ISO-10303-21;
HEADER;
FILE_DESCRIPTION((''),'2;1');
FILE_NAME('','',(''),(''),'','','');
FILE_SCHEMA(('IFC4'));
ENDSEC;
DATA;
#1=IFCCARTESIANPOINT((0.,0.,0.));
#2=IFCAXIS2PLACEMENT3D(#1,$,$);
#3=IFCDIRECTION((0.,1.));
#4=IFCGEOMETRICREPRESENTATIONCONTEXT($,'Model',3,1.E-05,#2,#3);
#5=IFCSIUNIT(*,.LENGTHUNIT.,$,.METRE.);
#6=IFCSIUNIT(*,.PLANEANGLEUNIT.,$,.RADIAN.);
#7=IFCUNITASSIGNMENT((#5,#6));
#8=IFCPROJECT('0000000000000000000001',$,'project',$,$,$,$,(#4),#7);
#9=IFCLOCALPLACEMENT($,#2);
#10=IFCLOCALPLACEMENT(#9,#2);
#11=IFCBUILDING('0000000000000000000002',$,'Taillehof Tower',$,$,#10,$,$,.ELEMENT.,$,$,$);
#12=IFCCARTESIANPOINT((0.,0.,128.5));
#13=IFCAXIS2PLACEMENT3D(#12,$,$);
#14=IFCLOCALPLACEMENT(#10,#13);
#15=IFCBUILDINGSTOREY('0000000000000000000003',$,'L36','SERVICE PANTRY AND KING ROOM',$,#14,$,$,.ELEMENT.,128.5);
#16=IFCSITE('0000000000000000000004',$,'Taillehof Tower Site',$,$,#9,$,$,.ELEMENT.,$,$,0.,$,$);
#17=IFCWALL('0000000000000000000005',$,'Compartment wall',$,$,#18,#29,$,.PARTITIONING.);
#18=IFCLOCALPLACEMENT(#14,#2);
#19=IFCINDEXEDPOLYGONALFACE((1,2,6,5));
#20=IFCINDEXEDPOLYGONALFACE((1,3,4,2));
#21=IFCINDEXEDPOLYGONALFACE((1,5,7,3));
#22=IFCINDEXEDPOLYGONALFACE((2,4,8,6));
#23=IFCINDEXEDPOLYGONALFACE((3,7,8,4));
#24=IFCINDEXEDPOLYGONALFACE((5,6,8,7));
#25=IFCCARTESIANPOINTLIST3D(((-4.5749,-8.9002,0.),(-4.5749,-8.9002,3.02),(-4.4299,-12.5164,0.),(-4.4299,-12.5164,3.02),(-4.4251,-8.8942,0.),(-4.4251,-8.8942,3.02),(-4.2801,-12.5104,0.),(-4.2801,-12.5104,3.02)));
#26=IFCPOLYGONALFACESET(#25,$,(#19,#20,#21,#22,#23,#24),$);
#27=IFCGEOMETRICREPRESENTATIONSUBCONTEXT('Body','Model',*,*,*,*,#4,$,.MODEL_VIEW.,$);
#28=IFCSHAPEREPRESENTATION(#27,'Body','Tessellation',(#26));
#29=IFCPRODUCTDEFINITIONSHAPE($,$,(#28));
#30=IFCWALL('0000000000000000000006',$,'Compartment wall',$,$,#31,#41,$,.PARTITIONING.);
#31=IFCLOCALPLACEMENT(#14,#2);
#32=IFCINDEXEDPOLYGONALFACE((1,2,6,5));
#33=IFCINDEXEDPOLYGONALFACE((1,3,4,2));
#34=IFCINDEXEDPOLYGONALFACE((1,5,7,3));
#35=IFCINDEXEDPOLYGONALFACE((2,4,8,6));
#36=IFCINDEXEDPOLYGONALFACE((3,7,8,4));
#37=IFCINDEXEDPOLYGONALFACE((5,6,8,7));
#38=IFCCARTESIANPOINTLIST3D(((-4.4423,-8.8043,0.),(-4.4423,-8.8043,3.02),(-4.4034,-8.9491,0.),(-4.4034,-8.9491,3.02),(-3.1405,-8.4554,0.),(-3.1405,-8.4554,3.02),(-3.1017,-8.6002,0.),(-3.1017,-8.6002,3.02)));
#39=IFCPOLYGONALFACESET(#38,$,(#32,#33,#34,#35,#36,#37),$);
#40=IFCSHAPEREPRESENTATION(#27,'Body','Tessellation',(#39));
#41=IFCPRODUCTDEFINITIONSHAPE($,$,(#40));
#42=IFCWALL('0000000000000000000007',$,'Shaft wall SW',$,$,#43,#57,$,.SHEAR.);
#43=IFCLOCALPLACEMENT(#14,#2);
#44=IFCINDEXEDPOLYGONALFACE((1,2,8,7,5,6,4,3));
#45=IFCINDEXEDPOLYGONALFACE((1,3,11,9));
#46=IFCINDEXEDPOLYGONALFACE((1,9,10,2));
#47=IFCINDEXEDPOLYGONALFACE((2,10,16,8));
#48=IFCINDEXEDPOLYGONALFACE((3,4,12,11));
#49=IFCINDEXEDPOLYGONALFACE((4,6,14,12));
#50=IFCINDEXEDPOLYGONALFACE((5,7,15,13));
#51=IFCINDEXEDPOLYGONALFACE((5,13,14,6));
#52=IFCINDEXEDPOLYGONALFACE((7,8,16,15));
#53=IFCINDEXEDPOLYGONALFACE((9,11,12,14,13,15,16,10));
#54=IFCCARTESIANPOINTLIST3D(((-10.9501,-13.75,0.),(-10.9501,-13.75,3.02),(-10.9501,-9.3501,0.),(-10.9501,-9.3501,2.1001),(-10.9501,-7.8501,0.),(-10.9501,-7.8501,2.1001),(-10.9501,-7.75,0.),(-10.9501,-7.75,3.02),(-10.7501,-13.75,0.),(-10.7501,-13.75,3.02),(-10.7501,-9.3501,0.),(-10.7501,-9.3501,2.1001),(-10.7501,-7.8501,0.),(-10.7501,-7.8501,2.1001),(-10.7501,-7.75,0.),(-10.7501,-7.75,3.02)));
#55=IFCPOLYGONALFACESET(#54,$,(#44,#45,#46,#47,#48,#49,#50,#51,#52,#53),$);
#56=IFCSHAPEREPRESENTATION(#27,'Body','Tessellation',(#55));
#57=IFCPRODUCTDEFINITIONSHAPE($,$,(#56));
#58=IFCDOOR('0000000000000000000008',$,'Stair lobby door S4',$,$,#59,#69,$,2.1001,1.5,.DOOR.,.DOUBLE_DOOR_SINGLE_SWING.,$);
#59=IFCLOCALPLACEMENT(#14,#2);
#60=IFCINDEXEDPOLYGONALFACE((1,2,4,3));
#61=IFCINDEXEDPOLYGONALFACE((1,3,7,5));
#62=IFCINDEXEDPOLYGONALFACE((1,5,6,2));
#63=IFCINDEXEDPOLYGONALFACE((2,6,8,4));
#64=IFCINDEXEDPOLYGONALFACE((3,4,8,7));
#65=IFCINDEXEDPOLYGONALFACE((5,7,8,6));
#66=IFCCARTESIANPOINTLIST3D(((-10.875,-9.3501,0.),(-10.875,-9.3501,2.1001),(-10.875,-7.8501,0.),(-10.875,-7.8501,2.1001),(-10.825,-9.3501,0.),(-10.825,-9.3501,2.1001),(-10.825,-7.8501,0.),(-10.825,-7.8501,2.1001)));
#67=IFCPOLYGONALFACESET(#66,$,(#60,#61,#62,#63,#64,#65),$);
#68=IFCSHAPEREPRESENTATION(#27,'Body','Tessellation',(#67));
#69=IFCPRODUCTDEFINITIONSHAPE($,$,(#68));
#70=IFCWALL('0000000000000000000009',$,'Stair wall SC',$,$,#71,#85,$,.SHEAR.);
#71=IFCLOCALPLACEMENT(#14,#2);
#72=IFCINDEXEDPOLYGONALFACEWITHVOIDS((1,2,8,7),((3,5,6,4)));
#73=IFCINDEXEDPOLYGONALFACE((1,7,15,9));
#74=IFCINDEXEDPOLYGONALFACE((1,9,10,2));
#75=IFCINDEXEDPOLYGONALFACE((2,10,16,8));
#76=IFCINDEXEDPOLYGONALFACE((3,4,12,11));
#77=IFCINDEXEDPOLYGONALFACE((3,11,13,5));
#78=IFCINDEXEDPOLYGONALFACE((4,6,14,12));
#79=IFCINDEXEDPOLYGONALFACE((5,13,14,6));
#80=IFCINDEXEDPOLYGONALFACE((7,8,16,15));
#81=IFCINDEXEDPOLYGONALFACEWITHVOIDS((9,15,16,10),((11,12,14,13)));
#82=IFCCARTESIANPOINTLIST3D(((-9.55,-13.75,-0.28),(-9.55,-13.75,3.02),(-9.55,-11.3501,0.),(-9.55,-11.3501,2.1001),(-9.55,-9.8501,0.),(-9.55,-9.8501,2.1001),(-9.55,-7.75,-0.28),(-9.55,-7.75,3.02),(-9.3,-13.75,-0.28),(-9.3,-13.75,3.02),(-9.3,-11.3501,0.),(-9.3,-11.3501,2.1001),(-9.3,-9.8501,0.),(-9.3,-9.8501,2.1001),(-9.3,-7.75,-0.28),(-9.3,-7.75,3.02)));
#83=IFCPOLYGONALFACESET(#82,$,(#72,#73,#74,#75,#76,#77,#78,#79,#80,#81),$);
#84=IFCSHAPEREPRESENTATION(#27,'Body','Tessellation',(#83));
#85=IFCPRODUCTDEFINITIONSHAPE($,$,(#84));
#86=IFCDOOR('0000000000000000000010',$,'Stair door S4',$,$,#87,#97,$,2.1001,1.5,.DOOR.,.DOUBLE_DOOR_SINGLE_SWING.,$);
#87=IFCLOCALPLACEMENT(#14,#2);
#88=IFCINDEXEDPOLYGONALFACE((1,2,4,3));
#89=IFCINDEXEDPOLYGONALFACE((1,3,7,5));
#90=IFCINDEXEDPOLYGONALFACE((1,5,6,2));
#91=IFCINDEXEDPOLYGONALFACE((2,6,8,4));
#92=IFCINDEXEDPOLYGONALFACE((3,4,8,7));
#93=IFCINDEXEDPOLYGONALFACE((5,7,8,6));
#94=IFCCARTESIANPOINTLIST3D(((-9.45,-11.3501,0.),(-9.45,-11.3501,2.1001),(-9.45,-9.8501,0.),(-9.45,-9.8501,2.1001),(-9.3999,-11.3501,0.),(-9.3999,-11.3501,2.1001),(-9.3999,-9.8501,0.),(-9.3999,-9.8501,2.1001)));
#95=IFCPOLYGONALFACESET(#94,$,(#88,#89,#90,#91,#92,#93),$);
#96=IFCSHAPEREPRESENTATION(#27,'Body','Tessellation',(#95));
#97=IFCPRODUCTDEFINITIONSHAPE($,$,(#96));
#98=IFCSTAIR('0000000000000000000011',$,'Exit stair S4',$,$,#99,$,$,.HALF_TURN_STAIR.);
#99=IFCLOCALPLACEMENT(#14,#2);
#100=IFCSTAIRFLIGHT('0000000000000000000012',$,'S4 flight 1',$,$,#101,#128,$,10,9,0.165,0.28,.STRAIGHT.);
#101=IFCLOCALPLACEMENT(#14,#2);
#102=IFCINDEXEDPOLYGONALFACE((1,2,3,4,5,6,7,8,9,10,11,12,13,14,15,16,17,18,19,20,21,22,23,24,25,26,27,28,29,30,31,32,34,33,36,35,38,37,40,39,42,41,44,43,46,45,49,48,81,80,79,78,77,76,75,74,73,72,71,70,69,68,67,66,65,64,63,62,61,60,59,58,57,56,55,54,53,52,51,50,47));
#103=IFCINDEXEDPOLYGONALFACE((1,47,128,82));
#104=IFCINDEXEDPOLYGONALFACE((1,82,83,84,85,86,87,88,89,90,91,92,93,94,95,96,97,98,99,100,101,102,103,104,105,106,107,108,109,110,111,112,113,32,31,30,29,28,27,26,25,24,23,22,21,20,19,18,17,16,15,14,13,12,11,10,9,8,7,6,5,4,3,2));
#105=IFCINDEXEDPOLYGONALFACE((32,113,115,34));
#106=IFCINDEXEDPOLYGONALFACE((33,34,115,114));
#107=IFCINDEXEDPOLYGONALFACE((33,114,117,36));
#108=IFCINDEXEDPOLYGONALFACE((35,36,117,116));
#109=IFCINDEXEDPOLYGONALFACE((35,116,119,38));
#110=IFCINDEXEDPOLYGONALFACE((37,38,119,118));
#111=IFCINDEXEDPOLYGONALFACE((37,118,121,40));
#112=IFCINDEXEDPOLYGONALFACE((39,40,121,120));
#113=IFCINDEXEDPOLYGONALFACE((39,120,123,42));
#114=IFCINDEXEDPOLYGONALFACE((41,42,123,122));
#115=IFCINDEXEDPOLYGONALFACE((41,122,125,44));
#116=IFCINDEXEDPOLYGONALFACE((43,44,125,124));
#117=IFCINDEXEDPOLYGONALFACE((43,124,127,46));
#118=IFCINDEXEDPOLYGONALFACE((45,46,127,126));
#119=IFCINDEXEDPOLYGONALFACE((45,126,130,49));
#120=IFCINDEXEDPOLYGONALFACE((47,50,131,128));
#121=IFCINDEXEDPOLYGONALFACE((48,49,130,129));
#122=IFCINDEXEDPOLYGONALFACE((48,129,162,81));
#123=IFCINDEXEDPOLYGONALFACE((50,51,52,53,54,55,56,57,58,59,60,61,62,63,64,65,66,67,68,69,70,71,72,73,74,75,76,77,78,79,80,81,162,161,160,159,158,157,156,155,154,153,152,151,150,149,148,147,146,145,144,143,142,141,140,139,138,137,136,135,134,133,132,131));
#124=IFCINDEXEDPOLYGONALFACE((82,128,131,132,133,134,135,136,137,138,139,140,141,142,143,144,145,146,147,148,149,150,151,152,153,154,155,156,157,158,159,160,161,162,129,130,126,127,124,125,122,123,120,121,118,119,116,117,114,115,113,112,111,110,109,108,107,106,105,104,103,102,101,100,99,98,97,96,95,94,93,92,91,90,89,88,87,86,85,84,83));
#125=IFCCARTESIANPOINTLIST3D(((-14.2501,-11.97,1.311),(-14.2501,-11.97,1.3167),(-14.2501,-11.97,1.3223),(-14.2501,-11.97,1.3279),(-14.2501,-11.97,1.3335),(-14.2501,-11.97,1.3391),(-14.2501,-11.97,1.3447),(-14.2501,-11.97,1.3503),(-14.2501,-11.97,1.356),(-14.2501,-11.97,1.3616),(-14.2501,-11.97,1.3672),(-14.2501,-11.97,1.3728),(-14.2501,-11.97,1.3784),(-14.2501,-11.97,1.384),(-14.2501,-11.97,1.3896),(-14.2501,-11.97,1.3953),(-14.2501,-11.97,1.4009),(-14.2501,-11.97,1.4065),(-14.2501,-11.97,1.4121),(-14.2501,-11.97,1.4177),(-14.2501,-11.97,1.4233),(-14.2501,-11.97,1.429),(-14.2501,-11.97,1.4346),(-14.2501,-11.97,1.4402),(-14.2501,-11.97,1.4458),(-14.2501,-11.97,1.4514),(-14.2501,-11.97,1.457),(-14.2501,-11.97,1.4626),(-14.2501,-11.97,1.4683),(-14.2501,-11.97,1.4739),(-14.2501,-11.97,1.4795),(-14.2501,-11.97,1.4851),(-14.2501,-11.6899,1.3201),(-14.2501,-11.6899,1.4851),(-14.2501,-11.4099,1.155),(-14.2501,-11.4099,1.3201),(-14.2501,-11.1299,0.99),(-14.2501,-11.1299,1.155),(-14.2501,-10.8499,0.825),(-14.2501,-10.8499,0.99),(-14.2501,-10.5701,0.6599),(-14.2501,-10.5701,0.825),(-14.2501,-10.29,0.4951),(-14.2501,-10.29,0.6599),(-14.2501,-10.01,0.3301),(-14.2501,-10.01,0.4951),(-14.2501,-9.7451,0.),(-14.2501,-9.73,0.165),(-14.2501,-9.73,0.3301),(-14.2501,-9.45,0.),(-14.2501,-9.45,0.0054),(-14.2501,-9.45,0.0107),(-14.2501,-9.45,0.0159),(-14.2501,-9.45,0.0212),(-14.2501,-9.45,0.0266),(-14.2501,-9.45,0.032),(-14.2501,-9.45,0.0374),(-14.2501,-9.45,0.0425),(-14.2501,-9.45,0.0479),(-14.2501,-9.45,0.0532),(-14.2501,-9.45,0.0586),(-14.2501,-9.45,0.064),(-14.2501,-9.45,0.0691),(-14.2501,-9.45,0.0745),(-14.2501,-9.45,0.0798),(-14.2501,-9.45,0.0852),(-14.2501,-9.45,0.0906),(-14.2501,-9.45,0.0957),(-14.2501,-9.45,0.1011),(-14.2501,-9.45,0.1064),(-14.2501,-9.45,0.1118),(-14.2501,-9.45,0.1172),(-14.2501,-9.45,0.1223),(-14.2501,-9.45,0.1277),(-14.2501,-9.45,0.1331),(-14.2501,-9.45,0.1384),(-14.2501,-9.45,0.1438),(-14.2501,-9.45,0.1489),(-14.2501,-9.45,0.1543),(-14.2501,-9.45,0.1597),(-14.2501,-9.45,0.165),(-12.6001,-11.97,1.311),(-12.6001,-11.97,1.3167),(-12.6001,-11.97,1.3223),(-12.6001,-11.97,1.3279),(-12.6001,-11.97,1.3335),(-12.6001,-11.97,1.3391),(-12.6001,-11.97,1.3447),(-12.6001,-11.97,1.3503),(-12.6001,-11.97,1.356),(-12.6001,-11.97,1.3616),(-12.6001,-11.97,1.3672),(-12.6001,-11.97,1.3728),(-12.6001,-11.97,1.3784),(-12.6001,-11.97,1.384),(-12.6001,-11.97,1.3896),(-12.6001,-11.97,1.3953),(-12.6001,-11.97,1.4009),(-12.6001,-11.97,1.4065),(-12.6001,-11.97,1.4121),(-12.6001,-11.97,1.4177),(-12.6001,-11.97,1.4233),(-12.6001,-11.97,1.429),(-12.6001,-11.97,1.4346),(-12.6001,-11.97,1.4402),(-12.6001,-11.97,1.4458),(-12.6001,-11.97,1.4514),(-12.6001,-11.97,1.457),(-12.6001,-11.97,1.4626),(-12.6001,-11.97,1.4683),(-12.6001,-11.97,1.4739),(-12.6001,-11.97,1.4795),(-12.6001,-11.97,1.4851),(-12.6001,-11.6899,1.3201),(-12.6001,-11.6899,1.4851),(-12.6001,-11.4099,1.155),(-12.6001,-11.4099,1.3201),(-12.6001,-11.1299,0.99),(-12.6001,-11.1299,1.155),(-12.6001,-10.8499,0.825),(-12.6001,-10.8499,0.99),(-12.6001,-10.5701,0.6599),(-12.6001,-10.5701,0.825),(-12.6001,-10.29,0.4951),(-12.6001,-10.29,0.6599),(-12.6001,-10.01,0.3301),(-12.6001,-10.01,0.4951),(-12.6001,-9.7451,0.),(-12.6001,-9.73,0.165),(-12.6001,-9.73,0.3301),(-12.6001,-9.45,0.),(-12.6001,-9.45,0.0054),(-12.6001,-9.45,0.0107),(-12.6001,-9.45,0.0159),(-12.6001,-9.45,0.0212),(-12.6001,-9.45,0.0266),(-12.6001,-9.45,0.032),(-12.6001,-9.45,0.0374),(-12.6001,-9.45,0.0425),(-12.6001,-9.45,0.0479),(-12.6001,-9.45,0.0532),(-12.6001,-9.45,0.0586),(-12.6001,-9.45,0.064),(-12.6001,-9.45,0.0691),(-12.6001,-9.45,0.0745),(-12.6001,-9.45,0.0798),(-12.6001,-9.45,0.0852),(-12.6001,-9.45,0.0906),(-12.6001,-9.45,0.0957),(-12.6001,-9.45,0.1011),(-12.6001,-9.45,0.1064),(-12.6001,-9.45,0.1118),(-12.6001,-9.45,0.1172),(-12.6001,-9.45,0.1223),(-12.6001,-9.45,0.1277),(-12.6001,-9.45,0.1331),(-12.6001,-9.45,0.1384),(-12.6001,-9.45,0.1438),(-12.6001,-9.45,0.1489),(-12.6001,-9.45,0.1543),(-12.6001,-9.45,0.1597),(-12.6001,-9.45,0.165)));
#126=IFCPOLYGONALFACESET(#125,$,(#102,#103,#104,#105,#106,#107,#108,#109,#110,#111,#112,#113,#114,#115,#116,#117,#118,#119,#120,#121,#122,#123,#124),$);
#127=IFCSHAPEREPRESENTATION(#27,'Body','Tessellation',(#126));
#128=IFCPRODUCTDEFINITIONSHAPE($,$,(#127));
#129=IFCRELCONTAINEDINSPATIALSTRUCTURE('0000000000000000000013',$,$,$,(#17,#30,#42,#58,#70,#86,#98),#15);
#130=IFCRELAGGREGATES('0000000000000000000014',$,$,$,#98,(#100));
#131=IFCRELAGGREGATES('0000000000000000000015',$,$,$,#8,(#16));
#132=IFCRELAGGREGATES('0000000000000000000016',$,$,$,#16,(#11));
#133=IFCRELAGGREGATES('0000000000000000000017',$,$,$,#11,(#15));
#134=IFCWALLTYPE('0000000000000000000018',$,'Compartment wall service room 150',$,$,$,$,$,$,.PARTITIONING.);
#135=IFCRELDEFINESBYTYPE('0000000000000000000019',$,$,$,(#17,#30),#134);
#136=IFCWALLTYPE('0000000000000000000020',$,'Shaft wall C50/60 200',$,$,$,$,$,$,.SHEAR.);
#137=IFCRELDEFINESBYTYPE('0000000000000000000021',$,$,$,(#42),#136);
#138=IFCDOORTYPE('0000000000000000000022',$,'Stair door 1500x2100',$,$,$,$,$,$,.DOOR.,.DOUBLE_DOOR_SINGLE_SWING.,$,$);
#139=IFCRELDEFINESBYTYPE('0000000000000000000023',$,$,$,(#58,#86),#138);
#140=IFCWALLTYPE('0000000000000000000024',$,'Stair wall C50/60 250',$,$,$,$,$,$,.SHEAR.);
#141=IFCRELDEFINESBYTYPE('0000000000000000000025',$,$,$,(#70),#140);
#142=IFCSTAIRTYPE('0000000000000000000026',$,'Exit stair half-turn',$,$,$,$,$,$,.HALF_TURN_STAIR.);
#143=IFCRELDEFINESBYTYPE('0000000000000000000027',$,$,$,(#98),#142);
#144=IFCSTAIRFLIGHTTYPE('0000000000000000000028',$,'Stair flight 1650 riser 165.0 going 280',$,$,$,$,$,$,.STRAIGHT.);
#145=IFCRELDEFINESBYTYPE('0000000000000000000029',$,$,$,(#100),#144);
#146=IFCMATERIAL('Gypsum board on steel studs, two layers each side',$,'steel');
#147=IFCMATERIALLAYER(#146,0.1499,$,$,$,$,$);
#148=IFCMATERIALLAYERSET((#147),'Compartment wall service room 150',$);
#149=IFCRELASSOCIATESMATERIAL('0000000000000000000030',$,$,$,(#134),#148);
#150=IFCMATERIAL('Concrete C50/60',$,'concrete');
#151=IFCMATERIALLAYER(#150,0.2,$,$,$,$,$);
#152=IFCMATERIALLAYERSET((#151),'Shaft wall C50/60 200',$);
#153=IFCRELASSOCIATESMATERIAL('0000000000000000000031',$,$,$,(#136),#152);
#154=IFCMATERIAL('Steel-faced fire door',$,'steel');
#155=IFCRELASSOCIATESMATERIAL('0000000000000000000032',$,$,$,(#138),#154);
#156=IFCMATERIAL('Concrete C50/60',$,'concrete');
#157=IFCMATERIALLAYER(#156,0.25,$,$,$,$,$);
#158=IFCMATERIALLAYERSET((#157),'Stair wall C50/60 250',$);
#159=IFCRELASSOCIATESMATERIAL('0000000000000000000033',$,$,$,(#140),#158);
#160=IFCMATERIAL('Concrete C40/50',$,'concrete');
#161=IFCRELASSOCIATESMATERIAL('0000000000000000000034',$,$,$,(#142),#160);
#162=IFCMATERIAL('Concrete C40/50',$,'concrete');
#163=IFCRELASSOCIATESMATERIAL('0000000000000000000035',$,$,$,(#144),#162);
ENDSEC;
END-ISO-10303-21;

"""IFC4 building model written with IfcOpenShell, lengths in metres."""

from ifc_helpers import new_model, si_unit, direction, frame, frame_2d, origin, place, context, subcontext, project, spatial, polyline, rectangle, outline, extrude, material, layer, layer_set, type_object, element, fill, aggregate, save


model = new_model("IFC4")

# Units and contexts
model_context = context("Model", 3, precision=1e-05, world=origin(), true_north=direction((0.0, 1.0)))
body_context = subcontext(model_context, "Body", "Model", "MODEL_VIEW")
ifc_project = project(units=[si_unit("LENGTHUNIT", "METRE"), si_unit("PLANEANGLEUNIT", "RADIAN")], contexts=[model_context])

# Site, building, storey
site_placement = place(None, origin())
site = spatial("IfcSite", under=ifc_project, at=site_placement, Name="Taillehof Tower Site", CompositionType="ELEMENT", RefElevation=0.0)
building_placement = place(site_placement, origin())
building = spatial("IfcBuilding", under=site, at=building_placement, Name="Taillehof Tower", CompositionType="ELEMENT")
storey_placement = place(building_placement, frame((0.0, 0.0, 128.5)))
storey = spatial("IfcBuildingStorey", under=building, at=storey_placement, Name="L36", Description="SERVICE PANTRY AND KING ROOM", CompositionType="ELEMENT", Elevation=128.5)

# Walls
ifc_material_1 = material(Name="Gypsum board on steel studs, two layers each side", Category="steel")
ifc_layer_1 = layer(ifc_material_1, 0.1499)
ifc_layer_set_1 = layer_set([ifc_layer_1], Name="Compartment wall service room 150")
wall_type_1 = type_object("IfcWallType", Name="Compartment wall service room 150", PredefinedType="PARTITIONING", material=ifc_layer_set_1)
wall_1_placement = place(storey_placement, frame((-4.355, -12.5134, 0.0), z_axis=(0.0, 0.0, 1.0), x_axis=(-0.04007, 0.999197, 0.0)))
element("IfcWall", 1, at=wall_1_placement, inside=storey, type_object=wall_type_1, Name="Compartment wall", PredefinedType="PARTITIONING", context=body_context, shape_type="SweptSolid", body=[
    extrude(rectangle(XDim=3.6191, YDim=0.1499, at=frame_2d((1.8096, 0.0))), origin(), (0.0, 0.0, 1.0), 3.02),
])
wall_2_placement = place(storey_placement, frame((-4.4229, -8.8767, 0.0), z_axis=(0.0, 0.0, 1.0), x_axis=(0.965912, 0.258869, 0.0)))
element("IfcWall", 2, at=wall_2_placement, inside=storey, type_object=wall_type_1, Name="Compartment wall", PredefinedType="PARTITIONING", context=body_context, shape_type="SweptSolid", body=[
    extrude(rectangle(XDim=1.3477, YDim=0.1499, at=frame_2d((0.6738, 0.0))), origin(), (0.0, 0.0, 1.0), 3.02),
])

# Walls, openings, doors
ifc_material_2 = material(Name="Concrete C50/60", Category="concrete")
ifc_layer_2 = layer(ifc_material_2, 0.2)
ifc_layer_set_2 = layer_set([ifc_layer_2], Name="Shaft wall C50/60 200")
wall_type_2 = type_object("IfcWallType", Name="Shaft wall C50/60 200", PredefinedType="SHEAR", material=ifc_layer_set_2)
wall_3_placement = place(storey_placement, frame((-10.8501, -13.75, 0.0), z_axis=(0.0, 0.0, 1.0), x_axis=(0.0, 1.0, 0.0)))
wall_3 = element("IfcWall", 3, at=wall_3_placement, inside=storey, type_object=wall_type_2, Name="Shaft wall SW", PredefinedType="SHEAR", context=body_context, shape_type="SweptSolid", body=[
    extrude(rectangle(XDim=6.0, YDim=0.2, at=frame_2d((3.0, 0.0))), origin(), (0.0, 0.0, 1.0), 3.02),
])
opening_1_placement = place(wall_3_placement, frame((4.3999, 0.0, 0.0)))
opening_1 = element("IfcOpeningElement", 4, at=opening_1_placement, cuts=wall_3, PredefinedType="OPENING", context=body_context, shape_type="SweptSolid", body=[
    extrude(rectangle(XDim=1.5, YDim=2.1001, at=frame_2d((0.75, 1.05))), frame((0.0, 0.1099, 0.0), z_axis=(0.0, -1.0, 0.0), x_axis=(1.0, 0.0, 0.0)), (0.0, 0.0, 1.0), 0.22),
])
ifc_material_3 = material(Name="Steel-faced fire door", Category="steel")
door_type = type_object("IfcDoorType", Name="Stair door 1500x2100", OperationType="DOUBLE_DOOR_SINGLE_SWING", PredefinedType="DOOR", material=ifc_material_3)
door_1_placement = place(opening_1_placement, origin())
door_1 = element("IfcDoor", 5, at=door_1_placement, inside=storey, type_object=door_type, Name="Stair lobby door S4", OperationType="DOUBLE_DOOR_SINGLE_SWING", OverallHeight=2.1001, OverallWidth=1.5, PredefinedType="DOOR", context=body_context, shape_type="SweptSolid", body=[
    extrude(rectangle(XDim=1.5, YDim=2.1001, at=frame_2d((0.75, 1.05))), frame((0.0, 0.0249, 0.0), z_axis=(0.0, -1.0, 0.0), x_axis=(1.0, 0.0, 0.0)), (0.0, 0.0, 1.0), 0.05),
])
fill(opening_1, door_1)
ifc_material_4 = material(Name="Concrete C50/60", Category="concrete")
ifc_layer_3 = layer(ifc_material_4, 0.25)
ifc_layer_set_3 = layer_set([ifc_layer_3], Name="Stair wall C50/60 250")
wall_type_3 = type_object("IfcWallType", Name="Stair wall C50/60 250", PredefinedType="SHEAR", material=ifc_layer_set_3)
wall_4_placement = place(storey_placement, frame((-9.425, -13.75, -0.28), z_axis=(0.0, 0.0, 1.0), x_axis=(0.0, 1.0, 0.0)))
wall_4 = element("IfcWall", 6, at=wall_4_placement, inside=storey, type_object=wall_type_3, Name="Stair wall SC", PredefinedType="SHEAR", context=body_context, shape_type="SweptSolid", body=[
    extrude(rectangle(XDim=6.0, YDim=0.25, at=frame_2d((3.0, 0.0))), origin(), (0.0, 0.0, 1.0), 3.3),
])
opening_2_placement = place(wall_4_placement, frame((2.3999, 0.0, 0.28)))
opening_2 = element("IfcOpeningElement", 7, at=opening_2_placement, cuts=wall_4, PredefinedType="OPENING", context=body_context, shape_type="SweptSolid", body=[
    extrude(rectangle(XDim=1.5, YDim=2.1001, at=frame_2d((0.75, 1.05))), frame((0.0, 0.135, 0.0), z_axis=(0.0, -1.0, 0.0), x_axis=(1.0, 0.0, 0.0)), (0.0, 0.0, 1.0), 0.27),
])
door_2_placement = place(opening_2_placement, origin())
door_2 = element("IfcDoor", 8, at=door_2_placement, inside=storey, type_object=door_type, Name="Stair door S4", OperationType="DOUBLE_DOOR_SINGLE_SWING", OverallHeight=2.1001, OverallWidth=1.5, PredefinedType="DOOR", context=body_context, shape_type="SweptSolid", body=[
    extrude(rectangle(XDim=1.5, YDim=2.1001, at=frame_2d((0.75, 1.05))), frame((0.0, 0.0249, 0.0), z_axis=(0.0, -1.0, 0.0), x_axis=(1.0, 0.0, 0.0)), (0.0, 0.0, 1.0), 0.05),
])
fill(opening_2, door_2)

# Stair, stair flight
ifc_material_5 = material(Name="Concrete C40/50", Category="concrete")
stair_type = type_object("IfcStairType", Name="Exit stair half-turn", PredefinedType="HALF_TURN_STAIR", material=ifc_material_5)
stair_placement = place(storey_placement, origin())
stair = element("IfcStair", 9, at=stair_placement, inside=storey, type_object=stair_type, Name="Exit stair S4", PredefinedType="HALF_TURN_STAIR")
ifc_material_6 = material(Name="Concrete C40/50", Category="concrete")
stair_flight_type = type_object("IfcStairFlightType", Name="Stair flight 1650 riser 165.0 going 280", PredefinedType="STRAIGHT", material=ifc_material_6)
stair_flight_1_placement = place(storey_placement, frame((-13.425, -9.45, 0.0), z_axis=(0.0, 0.0, 1.0), x_axis=(0.0, -1.0, 0.0)))
stair_flight_1 = element("IfcStairFlight", 10, at=stair_flight_1_placement, type_object=stair_flight_type, Name="S4 flight 1", NumberOfRisers=10, NumberOfTreads=9, PredefinedType="STRAIGHT", RiserHeight=0.165, TreadLength=0.28, context=body_context, shape_type="SweptSolid", body=[
    extrude(outline(polyline([(0.0, 0.0), (0.0, 0.0054), (0.0, 0.0107), (0.0, 0.0159), (0.0, 0.0212), (0.0, 0.0266), (0.0, 0.032), (0.0, 0.0374), (0.0, 0.0425), (0.0, 0.0479), (0.0, 0.0532), (0.0, 0.0586), (0.0, 0.064), (0.0, 0.0691), (0.0, 0.0745), (0.0, 0.0798), (0.0, 0.0852), (0.0, 0.0906), (0.0, 0.0957), (0.0, 0.1011), (0.0, 0.1064), (0.0, 0.1118), (0.0, 0.1172), (0.0, 0.1223), (0.0, 0.1277), (0.0, 0.1331), (0.0, 0.1384), (0.0, 0.1438), (0.0, 0.1489), (0.0, 0.1543), (0.0, 0.1597), (0.0, 0.165), (0.28, 0.165), (0.28, 0.3301), (0.5601, 0.3301), (0.5601, 0.4951), (0.8401, 0.4951), (0.8401, 0.6599), (1.1201, 0.6599), (1.1201, 0.825), (1.3999, 0.825), (1.3999, 0.99), (1.6799, 0.99), (1.6799, 1.155), (1.96, 1.155), (1.96, 1.3201), (2.24, 1.3201), (2.24, 1.4851), (2.52, 1.4851), (2.52, 1.4795), (2.52, 1.4739), (2.52, 1.4683), (2.52, 1.4626), (2.52, 1.457), (2.52, 1.4514), (2.52, 1.4458), (2.52, 1.4402), (2.52, 1.4346), (2.52, 1.429), (2.52, 1.4233), (2.52, 1.4177), (2.52, 1.4121), (2.52, 1.4065), (2.52, 1.4009), (2.52, 1.3953), (2.52, 1.3896), (2.52, 1.384), (2.52, 1.3784), (2.52, 1.3728), (2.52, 1.3672), (2.52, 1.3616), (2.52, 1.356), (2.52, 1.3503), (2.52, 1.3447), (2.52, 1.3391), (2.52, 1.3335), (2.52, 1.3279), (2.52, 1.3223), (2.52, 1.3167), (2.52, 1.311), (0.2952, 0.0), (0.0, 0.0)])), frame((0.0, 0.825, 0.0), z_axis=(0.0, -1.0, 0.0), x_axis=(1.0, 0.0, 0.0)), (0.0, 0.0, 1.0), 1.65),
])
aggregate(stair, [stair_flight_1])

save(model, "model.ifc")
